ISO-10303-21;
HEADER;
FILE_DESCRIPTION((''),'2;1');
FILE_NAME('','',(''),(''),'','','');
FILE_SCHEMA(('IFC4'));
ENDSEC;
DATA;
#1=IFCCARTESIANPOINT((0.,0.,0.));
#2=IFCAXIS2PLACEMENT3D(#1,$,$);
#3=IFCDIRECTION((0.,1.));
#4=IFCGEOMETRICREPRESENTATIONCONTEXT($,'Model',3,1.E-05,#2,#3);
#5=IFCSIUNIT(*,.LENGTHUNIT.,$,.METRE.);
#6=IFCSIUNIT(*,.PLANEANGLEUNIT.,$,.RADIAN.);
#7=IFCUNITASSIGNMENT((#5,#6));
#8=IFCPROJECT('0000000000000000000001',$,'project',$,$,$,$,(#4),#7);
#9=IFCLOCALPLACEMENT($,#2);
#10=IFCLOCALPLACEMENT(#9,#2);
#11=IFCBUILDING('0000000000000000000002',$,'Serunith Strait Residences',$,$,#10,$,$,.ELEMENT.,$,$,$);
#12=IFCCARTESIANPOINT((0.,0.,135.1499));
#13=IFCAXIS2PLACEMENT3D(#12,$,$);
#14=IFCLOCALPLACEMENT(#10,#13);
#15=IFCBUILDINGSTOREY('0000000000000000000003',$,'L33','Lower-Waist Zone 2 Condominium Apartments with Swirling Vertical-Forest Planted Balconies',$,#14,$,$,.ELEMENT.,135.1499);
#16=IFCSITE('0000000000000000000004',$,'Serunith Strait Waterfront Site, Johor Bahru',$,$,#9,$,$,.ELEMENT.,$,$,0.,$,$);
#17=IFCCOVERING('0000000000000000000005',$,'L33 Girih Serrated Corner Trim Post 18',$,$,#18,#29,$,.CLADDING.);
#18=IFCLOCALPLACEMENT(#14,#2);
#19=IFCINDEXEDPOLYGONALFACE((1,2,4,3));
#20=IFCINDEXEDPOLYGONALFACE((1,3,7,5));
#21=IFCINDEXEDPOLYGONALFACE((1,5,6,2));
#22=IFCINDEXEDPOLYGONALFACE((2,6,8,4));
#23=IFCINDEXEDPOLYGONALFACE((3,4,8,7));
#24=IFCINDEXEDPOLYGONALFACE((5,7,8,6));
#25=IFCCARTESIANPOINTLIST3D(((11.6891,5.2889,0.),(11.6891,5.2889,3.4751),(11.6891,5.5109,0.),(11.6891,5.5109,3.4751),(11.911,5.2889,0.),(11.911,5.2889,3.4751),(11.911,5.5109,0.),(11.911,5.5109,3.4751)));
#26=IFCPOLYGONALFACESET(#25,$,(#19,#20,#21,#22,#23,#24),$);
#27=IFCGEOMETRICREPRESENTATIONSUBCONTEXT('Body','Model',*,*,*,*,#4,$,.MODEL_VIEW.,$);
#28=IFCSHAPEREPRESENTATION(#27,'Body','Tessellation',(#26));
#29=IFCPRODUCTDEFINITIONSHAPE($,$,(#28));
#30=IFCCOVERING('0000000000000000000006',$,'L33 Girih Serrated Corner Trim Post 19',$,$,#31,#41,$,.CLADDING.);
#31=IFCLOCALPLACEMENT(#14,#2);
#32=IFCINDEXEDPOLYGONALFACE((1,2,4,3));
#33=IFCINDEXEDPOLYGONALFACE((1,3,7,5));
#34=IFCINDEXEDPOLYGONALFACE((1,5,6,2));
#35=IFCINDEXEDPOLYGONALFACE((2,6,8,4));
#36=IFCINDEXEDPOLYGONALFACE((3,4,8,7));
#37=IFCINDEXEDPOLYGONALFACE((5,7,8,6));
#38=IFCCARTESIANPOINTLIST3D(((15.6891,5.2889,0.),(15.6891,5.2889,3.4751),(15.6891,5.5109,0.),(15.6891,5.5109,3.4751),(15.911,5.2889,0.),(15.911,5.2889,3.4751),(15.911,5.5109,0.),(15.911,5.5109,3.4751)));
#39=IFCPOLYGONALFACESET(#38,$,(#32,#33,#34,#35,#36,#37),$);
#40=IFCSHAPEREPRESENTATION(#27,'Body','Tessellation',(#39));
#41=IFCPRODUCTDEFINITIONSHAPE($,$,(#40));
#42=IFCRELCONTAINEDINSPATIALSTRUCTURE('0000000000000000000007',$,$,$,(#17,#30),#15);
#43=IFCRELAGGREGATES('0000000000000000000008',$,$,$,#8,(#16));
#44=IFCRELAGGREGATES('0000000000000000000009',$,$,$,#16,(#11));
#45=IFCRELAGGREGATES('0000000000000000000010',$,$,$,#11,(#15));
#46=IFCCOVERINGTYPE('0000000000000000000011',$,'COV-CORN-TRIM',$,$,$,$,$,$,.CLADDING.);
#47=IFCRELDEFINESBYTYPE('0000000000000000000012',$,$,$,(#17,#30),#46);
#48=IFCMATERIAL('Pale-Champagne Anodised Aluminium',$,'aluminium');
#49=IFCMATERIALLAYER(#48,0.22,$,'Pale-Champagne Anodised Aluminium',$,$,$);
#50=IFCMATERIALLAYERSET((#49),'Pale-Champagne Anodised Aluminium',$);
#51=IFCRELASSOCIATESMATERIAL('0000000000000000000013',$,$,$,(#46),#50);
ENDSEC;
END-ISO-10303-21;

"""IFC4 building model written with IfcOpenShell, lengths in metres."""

from ifc_helpers import new_model, si_unit, direction, frame, origin, origin_2d, place, context, subcontext, project, spatial, rectangle, extrude, source, transform, mapped, material, layer, layer_set, type_object, element, save


model = new_model("IFC4")

# Units and contexts
model_context = context("Model", 3, precision=1e-05, world=origin(), true_north=direction((0.0, 1.0)))
body_context = subcontext(model_context, "Body", "Model", "MODEL_VIEW")
ifc_project = project(units=[si_unit("LENGTHUNIT", "METRE"), si_unit("PLANEANGLEUNIT", "RADIAN")], contexts=[model_context])

# Site, building, storey
site_placement = place(None, origin())
site = spatial("IfcSite", under=ifc_project, at=site_placement, Name="Serunith Strait Waterfront Site, Johor Bahru", CompositionType="ELEMENT", RefElevation=0.0)
building_placement = place(site_placement, origin())
building = spatial("IfcBuilding", under=site, at=building_placement, Name="Serunith Strait Residences", CompositionType="ELEMENT")
storey_placement = place(building_placement, frame((0.0, 0.0, 135.1499)))
storey = spatial("IfcBuildingStorey", under=building, at=storey_placement, Name="L33", Description="Lower-Waist Zone 2 Condominium Apartments with Swirling Vertical-Forest Planted Balconies", CompositionType="ELEMENT", Elevation=135.1499)

# Shared definitions
ifc_material_1 = material(Name="Pale-Champagne Anodised Aluminium", Category="aluminium")

# Coverings
ifc_layer_1 = layer(ifc_material_1, 0.22, Name="Pale-Champagne Anodised Aluminium")
ifc_layer_set_1 = layer_set([ifc_layer_1], Name="Pale-Champagne Anodised Aluminium")
covering_type_1 = type_object("IfcCoveringType", Name="COV-CORN-TRIM", PredefinedType="CLADDING", material=ifc_layer_set_1)
shared_shape_1 = source(origin(), body_context, "Body", "SweptSolid", [
    extrude(rectangle(XDim=0.2219, YDim=0.2219, at=origin_2d()), origin(), (0.0, 0.0, 1.0), 3.4751),
])
for number, where, z_axis, x_axis, name in (
    (1, (11.8, 5.3999, 0.0), (0.0, 0.0, 1.0), (1.0, 0.0, 0.0), "L33 Girih Serrated Corner Trim Post 18"),
    (2, (15.8, 5.3999, 0.0), (0.0, 0.0, 1.0), (1.0, 0.0, 0.0), "L33 Girih Serrated Corner Trim Post 19"),
):
    element("IfcCovering", number, at=place(storey_placement, frame(where, z_axis=z_axis, x_axis=x_axis)), inside=storey, type_object=covering_type_1, Name=name, PredefinedType="CLADDING", context=body_context, shape_type="MappedRepresentation", body=[
        mapped(shared_shape_1, transform((0.0, 0.0, 0.0), scale=1.0)),
    ])

save(model, "model.ifc")
